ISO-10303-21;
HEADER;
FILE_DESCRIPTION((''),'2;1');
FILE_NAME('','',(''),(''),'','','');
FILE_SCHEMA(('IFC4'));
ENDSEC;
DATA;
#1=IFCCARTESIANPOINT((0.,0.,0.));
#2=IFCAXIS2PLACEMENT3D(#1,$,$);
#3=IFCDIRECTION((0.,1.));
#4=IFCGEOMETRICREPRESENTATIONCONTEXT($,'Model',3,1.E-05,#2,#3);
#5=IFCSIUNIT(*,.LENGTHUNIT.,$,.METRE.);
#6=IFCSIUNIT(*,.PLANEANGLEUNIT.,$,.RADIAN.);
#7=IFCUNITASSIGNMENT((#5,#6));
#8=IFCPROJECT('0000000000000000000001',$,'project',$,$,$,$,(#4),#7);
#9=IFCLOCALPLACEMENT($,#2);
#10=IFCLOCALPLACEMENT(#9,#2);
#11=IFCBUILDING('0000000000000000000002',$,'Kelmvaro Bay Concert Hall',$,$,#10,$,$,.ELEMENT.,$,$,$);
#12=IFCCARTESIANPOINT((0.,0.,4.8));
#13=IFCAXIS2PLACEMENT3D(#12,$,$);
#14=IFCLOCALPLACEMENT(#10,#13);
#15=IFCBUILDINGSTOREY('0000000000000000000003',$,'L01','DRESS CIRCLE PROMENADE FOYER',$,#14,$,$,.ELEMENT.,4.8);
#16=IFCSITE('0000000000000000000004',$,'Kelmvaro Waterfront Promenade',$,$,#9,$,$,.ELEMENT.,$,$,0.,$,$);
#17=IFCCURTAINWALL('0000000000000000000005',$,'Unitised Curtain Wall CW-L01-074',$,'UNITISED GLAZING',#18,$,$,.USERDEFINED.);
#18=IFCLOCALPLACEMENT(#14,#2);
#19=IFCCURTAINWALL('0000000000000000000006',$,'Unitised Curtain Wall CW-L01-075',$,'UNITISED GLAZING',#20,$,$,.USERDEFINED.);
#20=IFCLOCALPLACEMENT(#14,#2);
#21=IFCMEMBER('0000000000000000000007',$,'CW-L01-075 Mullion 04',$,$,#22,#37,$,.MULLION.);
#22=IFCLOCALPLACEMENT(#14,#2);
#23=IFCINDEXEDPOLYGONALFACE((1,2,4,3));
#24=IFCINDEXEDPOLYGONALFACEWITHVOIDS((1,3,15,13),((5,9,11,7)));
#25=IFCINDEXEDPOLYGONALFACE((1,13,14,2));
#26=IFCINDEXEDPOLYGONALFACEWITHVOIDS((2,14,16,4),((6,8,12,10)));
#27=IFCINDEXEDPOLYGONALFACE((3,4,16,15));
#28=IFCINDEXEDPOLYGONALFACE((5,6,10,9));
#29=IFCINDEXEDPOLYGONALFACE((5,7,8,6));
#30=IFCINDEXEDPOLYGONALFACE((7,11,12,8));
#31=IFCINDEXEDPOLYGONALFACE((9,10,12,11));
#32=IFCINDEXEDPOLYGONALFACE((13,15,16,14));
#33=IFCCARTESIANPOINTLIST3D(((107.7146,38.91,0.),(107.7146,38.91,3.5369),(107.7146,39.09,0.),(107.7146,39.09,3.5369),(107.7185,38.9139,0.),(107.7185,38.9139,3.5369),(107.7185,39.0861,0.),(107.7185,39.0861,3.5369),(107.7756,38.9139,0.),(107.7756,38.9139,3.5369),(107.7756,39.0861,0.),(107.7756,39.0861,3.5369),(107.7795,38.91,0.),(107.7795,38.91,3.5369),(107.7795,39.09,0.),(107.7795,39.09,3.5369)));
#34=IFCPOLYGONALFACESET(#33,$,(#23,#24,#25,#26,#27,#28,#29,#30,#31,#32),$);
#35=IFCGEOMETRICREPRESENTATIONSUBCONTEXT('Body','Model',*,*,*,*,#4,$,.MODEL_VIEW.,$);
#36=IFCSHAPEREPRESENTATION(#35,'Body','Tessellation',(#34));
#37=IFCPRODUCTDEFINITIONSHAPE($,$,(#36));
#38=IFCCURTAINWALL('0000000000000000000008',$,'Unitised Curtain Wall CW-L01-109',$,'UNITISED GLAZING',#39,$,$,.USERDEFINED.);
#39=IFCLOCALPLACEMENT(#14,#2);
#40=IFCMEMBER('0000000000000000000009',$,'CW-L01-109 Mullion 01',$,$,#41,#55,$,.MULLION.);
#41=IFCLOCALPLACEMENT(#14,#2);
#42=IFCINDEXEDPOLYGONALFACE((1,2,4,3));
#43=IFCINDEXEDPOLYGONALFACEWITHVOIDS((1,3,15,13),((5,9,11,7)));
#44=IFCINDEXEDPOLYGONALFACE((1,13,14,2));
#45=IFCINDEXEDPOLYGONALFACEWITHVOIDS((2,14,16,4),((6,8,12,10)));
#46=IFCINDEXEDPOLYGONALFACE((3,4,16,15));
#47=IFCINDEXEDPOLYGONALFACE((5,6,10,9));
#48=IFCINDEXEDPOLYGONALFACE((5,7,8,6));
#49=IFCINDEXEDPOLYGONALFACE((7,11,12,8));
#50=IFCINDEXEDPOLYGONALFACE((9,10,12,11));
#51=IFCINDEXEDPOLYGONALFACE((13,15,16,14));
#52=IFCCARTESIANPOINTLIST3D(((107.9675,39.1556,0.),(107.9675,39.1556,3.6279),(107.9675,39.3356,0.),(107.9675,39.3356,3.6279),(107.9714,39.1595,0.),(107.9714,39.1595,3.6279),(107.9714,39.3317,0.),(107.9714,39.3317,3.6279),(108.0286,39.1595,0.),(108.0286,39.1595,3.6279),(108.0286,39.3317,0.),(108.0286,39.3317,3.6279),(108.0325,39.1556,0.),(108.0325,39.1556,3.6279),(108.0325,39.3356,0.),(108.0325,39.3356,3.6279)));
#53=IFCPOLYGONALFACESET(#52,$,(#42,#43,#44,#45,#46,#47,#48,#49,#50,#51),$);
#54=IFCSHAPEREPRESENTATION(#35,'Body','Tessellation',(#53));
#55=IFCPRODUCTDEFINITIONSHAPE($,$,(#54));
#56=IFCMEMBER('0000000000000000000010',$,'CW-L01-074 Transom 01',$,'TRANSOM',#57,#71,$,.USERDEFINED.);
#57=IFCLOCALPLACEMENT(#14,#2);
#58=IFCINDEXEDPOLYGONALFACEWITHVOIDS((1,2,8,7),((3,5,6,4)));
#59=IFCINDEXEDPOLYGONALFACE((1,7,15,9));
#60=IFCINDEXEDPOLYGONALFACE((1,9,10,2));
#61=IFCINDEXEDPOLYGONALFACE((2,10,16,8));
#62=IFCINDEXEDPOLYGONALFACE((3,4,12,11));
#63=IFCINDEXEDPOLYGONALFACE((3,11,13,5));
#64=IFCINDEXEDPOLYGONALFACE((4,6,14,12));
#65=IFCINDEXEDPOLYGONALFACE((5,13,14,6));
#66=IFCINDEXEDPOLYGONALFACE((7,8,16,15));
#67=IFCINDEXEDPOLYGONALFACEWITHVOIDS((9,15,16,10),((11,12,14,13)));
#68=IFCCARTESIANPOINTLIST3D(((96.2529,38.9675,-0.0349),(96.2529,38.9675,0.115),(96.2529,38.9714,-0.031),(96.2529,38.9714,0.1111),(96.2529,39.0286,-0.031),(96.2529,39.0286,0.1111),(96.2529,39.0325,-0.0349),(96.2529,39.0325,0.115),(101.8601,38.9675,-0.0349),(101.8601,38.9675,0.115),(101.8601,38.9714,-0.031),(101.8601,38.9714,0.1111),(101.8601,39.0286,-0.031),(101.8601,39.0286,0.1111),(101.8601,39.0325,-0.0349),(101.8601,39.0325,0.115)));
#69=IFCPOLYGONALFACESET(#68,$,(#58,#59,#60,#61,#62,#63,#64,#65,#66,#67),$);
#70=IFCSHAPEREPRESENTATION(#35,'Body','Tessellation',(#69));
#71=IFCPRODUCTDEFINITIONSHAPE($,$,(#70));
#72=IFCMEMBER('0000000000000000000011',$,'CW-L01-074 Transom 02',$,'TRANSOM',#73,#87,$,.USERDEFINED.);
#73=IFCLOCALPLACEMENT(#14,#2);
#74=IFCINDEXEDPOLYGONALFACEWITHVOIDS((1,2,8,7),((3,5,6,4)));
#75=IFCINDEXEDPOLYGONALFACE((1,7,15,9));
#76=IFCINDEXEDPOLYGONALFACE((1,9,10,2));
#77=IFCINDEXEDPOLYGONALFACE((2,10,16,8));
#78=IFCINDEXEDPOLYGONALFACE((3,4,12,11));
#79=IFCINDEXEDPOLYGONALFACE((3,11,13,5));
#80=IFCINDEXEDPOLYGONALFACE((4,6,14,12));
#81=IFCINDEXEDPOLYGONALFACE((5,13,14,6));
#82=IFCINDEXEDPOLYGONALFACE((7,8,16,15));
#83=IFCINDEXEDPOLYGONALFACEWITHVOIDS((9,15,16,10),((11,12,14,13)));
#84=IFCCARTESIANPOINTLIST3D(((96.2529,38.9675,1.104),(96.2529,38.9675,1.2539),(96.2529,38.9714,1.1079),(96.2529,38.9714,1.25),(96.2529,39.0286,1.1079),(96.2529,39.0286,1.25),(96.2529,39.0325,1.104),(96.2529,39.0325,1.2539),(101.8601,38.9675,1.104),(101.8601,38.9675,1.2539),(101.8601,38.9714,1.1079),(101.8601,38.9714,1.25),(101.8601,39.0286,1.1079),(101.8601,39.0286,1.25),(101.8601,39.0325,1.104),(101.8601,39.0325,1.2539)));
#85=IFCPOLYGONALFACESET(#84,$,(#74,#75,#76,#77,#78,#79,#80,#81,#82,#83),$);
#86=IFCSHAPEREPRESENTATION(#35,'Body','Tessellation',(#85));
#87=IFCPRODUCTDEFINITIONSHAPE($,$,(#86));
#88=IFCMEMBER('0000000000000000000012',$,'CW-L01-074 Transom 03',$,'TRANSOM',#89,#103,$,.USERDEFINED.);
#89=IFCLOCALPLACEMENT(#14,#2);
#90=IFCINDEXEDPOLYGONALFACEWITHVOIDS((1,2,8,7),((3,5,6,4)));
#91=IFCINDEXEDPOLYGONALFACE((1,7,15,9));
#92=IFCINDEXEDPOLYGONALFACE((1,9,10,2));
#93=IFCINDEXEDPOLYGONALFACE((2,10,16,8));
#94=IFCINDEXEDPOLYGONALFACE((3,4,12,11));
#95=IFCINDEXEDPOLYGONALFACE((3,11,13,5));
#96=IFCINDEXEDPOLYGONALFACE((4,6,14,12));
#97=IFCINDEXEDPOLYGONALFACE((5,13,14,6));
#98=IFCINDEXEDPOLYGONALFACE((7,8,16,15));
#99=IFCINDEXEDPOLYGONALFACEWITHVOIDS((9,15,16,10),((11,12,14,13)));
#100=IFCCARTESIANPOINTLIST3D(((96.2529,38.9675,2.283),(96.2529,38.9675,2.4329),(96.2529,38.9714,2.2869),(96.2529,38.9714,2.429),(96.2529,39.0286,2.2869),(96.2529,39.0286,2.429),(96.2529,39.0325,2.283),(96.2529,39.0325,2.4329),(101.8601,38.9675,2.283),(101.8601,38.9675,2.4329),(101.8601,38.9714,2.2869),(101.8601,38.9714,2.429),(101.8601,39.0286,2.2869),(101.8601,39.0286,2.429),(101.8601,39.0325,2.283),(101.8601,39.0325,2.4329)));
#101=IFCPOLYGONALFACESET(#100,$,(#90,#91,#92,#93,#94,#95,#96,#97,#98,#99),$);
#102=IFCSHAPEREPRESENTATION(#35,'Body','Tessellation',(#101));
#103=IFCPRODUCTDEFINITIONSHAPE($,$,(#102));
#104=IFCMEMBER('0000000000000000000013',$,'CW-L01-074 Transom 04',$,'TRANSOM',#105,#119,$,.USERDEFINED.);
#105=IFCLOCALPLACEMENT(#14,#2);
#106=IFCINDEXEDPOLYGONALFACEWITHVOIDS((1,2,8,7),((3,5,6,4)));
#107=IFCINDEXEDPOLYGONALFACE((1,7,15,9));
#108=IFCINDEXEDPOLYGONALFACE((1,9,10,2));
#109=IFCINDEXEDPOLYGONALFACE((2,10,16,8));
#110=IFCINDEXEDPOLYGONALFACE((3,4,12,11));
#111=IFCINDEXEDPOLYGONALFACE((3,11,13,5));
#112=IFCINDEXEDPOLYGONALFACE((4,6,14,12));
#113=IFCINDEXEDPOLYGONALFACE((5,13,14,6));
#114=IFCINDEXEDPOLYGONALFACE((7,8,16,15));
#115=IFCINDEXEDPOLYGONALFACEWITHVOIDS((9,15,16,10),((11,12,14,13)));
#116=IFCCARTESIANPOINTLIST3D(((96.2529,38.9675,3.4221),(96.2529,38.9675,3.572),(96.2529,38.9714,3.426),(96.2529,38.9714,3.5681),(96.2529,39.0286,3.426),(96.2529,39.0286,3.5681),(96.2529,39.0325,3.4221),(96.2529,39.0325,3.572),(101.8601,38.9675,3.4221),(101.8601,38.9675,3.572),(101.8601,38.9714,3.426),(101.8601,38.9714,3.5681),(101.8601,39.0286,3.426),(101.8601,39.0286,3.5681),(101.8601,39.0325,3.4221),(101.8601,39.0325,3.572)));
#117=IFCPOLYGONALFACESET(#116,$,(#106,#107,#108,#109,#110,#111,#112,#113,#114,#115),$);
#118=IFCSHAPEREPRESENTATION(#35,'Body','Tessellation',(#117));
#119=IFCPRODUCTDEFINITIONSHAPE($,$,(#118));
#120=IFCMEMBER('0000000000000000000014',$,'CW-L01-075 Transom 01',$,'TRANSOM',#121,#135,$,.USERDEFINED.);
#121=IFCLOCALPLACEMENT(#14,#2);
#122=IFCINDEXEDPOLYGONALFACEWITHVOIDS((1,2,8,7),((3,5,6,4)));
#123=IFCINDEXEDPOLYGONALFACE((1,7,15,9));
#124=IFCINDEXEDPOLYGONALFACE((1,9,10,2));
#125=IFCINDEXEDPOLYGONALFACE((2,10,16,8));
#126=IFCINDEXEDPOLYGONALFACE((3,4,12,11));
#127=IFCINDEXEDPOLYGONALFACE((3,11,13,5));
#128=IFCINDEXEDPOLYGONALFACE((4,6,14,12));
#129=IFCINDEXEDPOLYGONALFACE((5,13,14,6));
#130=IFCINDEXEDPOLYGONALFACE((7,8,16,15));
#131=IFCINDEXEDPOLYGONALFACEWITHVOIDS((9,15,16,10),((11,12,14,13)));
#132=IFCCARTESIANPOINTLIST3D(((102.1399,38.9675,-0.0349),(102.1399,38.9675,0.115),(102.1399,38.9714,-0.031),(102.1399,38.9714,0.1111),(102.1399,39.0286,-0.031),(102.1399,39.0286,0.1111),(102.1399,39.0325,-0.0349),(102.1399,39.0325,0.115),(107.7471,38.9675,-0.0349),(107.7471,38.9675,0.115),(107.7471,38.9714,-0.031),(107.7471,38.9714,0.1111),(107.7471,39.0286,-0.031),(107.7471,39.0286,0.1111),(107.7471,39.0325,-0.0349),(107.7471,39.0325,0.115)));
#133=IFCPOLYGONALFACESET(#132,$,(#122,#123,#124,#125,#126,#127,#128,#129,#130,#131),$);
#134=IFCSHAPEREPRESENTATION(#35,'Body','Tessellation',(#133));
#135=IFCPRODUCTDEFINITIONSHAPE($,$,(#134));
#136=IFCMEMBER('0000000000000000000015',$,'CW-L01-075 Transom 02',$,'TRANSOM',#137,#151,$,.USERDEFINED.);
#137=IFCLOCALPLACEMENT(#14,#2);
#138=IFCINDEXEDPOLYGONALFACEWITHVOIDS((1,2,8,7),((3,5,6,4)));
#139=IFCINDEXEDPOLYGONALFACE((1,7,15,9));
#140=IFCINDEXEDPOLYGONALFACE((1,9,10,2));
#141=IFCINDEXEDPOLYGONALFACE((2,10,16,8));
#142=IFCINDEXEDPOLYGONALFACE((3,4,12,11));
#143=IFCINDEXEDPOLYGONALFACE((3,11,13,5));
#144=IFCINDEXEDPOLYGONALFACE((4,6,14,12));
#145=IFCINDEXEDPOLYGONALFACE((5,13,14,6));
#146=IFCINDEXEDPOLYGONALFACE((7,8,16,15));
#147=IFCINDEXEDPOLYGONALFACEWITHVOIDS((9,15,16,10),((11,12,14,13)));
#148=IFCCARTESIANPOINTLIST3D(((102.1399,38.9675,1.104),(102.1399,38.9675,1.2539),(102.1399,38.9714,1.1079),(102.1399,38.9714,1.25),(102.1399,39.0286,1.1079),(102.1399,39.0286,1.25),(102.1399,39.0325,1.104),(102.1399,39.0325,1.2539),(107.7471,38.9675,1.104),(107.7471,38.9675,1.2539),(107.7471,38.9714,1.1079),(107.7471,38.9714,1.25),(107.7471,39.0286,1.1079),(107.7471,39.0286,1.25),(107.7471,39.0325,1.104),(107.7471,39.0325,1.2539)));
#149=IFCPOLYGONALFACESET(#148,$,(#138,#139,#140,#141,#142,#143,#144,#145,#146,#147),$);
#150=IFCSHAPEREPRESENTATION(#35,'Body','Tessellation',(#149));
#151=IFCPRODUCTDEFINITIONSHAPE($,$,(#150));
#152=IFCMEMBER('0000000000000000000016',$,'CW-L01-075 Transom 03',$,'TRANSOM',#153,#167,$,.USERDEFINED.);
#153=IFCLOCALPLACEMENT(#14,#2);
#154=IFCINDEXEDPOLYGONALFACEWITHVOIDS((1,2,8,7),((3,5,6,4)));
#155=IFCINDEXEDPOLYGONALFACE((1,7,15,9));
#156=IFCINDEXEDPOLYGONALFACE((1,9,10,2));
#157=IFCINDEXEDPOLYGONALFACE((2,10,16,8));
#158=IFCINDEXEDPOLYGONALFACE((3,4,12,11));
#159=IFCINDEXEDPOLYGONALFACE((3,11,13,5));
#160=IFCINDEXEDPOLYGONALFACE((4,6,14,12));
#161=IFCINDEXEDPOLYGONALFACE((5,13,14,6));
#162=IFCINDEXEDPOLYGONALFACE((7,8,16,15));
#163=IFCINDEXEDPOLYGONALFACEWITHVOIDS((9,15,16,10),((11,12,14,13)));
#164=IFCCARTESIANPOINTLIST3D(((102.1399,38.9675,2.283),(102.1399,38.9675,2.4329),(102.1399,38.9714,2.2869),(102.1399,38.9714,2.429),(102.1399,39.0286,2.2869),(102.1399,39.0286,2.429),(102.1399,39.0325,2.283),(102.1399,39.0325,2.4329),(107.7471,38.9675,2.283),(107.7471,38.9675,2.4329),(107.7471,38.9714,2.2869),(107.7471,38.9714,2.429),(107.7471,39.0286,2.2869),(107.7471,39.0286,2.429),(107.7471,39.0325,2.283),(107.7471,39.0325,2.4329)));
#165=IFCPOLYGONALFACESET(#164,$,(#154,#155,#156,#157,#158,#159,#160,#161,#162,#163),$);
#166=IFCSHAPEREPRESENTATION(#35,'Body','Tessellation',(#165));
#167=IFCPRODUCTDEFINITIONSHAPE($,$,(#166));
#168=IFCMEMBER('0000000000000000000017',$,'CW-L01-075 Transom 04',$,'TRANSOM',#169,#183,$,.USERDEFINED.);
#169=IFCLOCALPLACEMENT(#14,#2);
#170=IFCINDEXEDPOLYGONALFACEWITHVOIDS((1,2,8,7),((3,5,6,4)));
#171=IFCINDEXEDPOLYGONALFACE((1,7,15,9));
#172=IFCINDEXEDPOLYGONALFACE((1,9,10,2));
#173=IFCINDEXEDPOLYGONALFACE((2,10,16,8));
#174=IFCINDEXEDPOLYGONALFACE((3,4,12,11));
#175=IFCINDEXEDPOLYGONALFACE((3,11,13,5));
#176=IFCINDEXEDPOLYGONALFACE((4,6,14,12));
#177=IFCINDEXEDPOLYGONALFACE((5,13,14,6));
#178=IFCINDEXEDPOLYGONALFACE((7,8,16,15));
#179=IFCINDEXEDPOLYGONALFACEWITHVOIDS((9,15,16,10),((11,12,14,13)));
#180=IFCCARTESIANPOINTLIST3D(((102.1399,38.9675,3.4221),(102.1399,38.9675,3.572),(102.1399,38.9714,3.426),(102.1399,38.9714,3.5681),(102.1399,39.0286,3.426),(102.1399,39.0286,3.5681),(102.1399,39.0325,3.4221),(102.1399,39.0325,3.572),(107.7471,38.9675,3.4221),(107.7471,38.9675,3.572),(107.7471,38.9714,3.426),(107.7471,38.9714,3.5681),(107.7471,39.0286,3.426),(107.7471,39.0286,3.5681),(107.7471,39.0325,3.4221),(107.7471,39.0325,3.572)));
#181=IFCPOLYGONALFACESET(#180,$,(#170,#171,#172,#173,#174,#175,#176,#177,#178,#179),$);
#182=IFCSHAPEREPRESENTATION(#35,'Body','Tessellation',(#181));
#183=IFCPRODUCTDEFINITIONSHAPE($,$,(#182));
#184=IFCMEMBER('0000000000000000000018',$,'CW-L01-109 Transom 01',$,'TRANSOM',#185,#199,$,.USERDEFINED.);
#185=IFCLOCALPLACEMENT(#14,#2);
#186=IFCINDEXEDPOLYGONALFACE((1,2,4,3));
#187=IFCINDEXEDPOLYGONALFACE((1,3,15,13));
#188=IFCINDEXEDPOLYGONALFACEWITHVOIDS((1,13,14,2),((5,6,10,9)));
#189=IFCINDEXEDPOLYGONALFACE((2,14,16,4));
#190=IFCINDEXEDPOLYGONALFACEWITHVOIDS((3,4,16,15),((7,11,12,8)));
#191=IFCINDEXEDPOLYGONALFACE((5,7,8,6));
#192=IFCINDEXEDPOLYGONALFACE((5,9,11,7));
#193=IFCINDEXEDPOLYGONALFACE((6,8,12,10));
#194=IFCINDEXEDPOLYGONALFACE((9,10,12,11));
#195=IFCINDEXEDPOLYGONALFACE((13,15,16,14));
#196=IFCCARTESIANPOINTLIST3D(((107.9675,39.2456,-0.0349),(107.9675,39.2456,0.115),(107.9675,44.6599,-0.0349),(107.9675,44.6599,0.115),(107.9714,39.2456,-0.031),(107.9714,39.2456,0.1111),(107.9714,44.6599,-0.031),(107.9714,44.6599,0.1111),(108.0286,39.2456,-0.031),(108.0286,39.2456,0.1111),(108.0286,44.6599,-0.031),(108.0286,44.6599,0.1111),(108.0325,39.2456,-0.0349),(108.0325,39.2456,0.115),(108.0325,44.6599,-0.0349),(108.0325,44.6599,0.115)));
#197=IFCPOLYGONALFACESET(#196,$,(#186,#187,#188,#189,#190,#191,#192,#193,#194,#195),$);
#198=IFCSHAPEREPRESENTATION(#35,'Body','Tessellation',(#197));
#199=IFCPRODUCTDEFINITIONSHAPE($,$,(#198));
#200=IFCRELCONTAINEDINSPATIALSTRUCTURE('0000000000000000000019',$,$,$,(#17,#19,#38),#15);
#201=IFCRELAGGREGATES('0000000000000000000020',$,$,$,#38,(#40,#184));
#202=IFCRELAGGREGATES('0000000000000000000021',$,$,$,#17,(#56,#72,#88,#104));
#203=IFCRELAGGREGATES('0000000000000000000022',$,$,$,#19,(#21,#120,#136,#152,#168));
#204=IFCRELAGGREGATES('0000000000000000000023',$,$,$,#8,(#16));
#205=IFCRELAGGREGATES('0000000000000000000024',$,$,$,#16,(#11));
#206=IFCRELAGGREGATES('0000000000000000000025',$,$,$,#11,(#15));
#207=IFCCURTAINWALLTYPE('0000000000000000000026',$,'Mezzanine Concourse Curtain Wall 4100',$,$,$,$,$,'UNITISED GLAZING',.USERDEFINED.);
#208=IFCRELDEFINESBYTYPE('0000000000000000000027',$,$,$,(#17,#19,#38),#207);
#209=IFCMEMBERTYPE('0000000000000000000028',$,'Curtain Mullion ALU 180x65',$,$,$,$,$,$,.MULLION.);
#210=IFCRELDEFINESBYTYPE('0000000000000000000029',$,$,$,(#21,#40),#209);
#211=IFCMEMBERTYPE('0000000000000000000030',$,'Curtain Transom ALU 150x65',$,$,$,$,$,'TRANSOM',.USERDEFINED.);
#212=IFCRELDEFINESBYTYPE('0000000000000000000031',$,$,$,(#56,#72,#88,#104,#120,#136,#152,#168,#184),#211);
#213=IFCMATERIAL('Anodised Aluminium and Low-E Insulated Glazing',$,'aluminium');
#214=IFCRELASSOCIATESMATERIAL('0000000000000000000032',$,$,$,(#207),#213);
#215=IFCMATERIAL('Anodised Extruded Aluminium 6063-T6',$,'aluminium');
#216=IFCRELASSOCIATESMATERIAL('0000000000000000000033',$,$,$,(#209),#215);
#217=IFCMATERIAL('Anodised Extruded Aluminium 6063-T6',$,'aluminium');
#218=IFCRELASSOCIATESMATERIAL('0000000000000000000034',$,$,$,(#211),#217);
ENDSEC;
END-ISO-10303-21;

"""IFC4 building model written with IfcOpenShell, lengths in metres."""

from ifc_helpers import new_model, si_unit, direction, frame, origin, origin_2d, place, context, subcontext, project, spatial, hollow_rectangle, extrude, material, material_profile, profile_set, type_object, element, aggregate, save


model = new_model("IFC4")

# Units and contexts
model_context = context("Model", 3, precision=1e-05, world=origin(), true_north=direction((0.0, 1.0)))
body_context = subcontext(model_context, "Body", "Model", "MODEL_VIEW")
ifc_project = project(units=[si_unit("LENGTHUNIT", "METRE"), si_unit("PLANEANGLEUNIT", "RADIAN")], contexts=[model_context])

# Site, building, storey
site_placement = place(None, origin())
site = spatial("IfcSite", under=ifc_project, at=site_placement, Name="Kelmvaro Waterfront Promenade", CompositionType="ELEMENT", RefElevation=0.0)
building_placement = place(site_placement, origin())
building = spatial("IfcBuilding", under=site, at=building_placement, Name="Kelmvaro Bay Concert Hall", CompositionType="ELEMENT")
storey_placement = place(building_placement, frame((0.0, 0.0, 4.8)))
storey = spatial("IfcBuildingStorey", under=building, at=storey_placement, Name="L01", Description="DRESS CIRCLE PROMENADE FOYER", CompositionType="ELEMENT", Elevation=4.8)

# Curtain walls, member
ifc_material_1 = material(Name="Anodised Aluminium and Low-E Insulated Glazing", Category="aluminium")
curtain_wall_type = type_object("IfcCurtainWallType", Name="Mezzanine Concourse Curtain Wall 4100", ElementType="UNITISED GLAZING", PredefinedType="USERDEFINED", material=ifc_material_1)
curtain_wall_1_placement = place(storey_placement, origin())
curtain_wall_1 = element("IfcCurtainWall", 1, at=curtain_wall_1_placement, inside=storey, type_object=curtain_wall_type, Name="Unitised Curtain Wall CW-L01-074", ObjectType="UNITISED GLAZING", PredefinedType="USERDEFINED")
ifc_material_2 = material(Name="Anodised Extruded Aluminium 6063-T6", Category="aluminium")
ifc_material_profile_1 = material_profile(ifc_material_2, hollow_rectangle(XDim=0.0649, YDim=0.1799, WallThickness=0.0039, at=origin_2d()), Name="ALU-MUL-180X65")
ifc_profile_set_1 = profile_set([ifc_material_profile_1], Name="Anodised Extruded Aluminium 6063-T6")
member_type_1 = type_object("IfcMemberType", Name="Curtain Mullion ALU 180x65", PredefinedType="MULLION", material=ifc_profile_set_1)
curtain_wall_2_placement = place(storey_placement, origin())
curtain_wall_2 = element("IfcCurtainWall", 2, at=curtain_wall_2_placement, inside=storey, type_object=curtain_wall_type, Name="Unitised Curtain Wall CW-L01-075", ObjectType="UNITISED GLAZING", PredefinedType="USERDEFINED")
member_1_placement = place(storey_placement, frame((107.7471, 39.0, 0.0), z_axis=(0.0, 0.0, 1.0), x_axis=(1.0, 0.0, 0.0)))
member_1 = element("IfcMember", 3, at=member_1_placement, type_object=member_type_1, Name="CW-L01-075 Mullion 04", PredefinedType="MULLION", context=body_context, shape_type="SweptSolid", body=[
    extrude(hollow_rectangle(XDim=0.0649, YDim=0.1799, WallThickness=0.0039, at=origin_2d()), origin(), (0.0, 0.0, 1.0), 3.5369),
])

# Curtain wall, member
curtain_wall_3_placement = place(storey_placement, origin())
curtain_wall_3 = element("IfcCurtainWall", 4, at=curtain_wall_3_placement, inside=storey, type_object=curtain_wall_type, Name="Unitised Curtain Wall CW-L01-109", ObjectType="UNITISED GLAZING", PredefinedType="USERDEFINED")
member_2_placement = place(storey_placement, frame((108.0, 39.2456, 0.0), z_axis=(0.0, 0.0, 1.0), x_axis=(1.0, 0.0, 0.0)))
member_2 = element("IfcMember", 5, at=member_2_placement, type_object=member_type_1, Name="CW-L01-109 Mullion 01", PredefinedType="MULLION", context=body_context, shape_type="SweptSolid", body=[
    extrude(hollow_rectangle(XDim=0.0649, YDim=0.1799, WallThickness=0.0039, at=origin_2d()), origin(), (0.0, 0.0, 1.0), 3.6279),
])

# Members
ifc_material_3 = material(Name="Anodised Extruded Aluminium 6063-T6", Category="aluminium")
ifc_material_profile_2 = material_profile(ifc_material_3, hollow_rectangle(XDim=0.0649, YDim=0.1499, WallThickness=0.0039, at=origin_2d()), Name="ALU-TRN-150X65")
ifc_profile_set_2 = profile_set([ifc_material_profile_2], Name="Anodised Extruded Aluminium 6063-T6")
member_type_2 = type_object("IfcMemberType", Name="Curtain Transom ALU 150x65", ElementType="TRANSOM", PredefinedType="USERDEFINED", material=ifc_profile_set_2)
member_3_placement = place(storey_placement, frame((96.2529, 39.0, 0.04), z_axis=(1.0, 0.0, 0.0), x_axis=(0.0, 1.0, 0.0)))
member_3 = element("IfcMember", 6, at=member_3_placement, type_object=member_type_2, Name="CW-L01-074 Transom 01", ObjectType="TRANSOM", PredefinedType="USERDEFINED", context=body_context, shape_type="SweptSolid", body=[
    extrude(hollow_rectangle(XDim=0.0649, YDim=0.1499, WallThickness=0.0039, at=origin_2d()), origin(), (0.0, 0.0, 1.0), 5.6072),
])
member_4_placement = place(storey_placement, frame((96.2529, 39.0, 1.179), z_axis=(1.0, 0.0, 0.0), x_axis=(0.0, 1.0, 0.0)))
member_4 = element("IfcMember", 7, at=member_4_placement, type_object=member_type_2, Name="CW-L01-074 Transom 02", ObjectType="TRANSOM", PredefinedType="USERDEFINED", context=body_context, shape_type="SweptSolid", body=[
    extrude(hollow_rectangle(XDim=0.0649, YDim=0.1499, WallThickness=0.0039, at=origin_2d()), origin(), (0.0, 0.0, 1.0), 5.6072),
])
member_5_placement = place(storey_placement, frame((96.2529, 39.0, 2.3579), z_axis=(1.0, 0.0, 0.0), x_axis=(0.0, 1.0, 0.0)))
member_5 = element("IfcMember", 8, at=member_5_placement, type_object=member_type_2, Name="CW-L01-074 Transom 03", ObjectType="TRANSOM", PredefinedType="USERDEFINED", context=body_context, shape_type="SweptSolid", body=[
    extrude(hollow_rectangle(XDim=0.0649, YDim=0.1499, WallThickness=0.0039, at=origin_2d()), origin(), (0.0, 0.0, 1.0), 5.6072),
])
member_6_placement = place(storey_placement, frame((96.2529, 39.0, 3.4971), z_axis=(1.0, 0.0, 0.0), x_axis=(0.0, 1.0, 0.0)))
member_6 = element("IfcMember", 9, at=member_6_placement, type_object=member_type_2, Name="CW-L01-074 Transom 04", ObjectType="TRANSOM", PredefinedType="USERDEFINED", context=body_context, shape_type="SweptSolid", body=[
    extrude(hollow_rectangle(XDim=0.0649, YDim=0.1499, WallThickness=0.0039, at=origin_2d()), origin(), (0.0, 0.0, 1.0), 5.6072),
])
member_7_placement = place(storey_placement, frame((102.1399, 39.0, 0.04), z_axis=(1.0, 0.0, 0.0), x_axis=(0.0, 1.0, 0.0)))
member_7 = element("IfcMember", 10, at=member_7_placement, type_object=member_type_2, Name="CW-L01-075 Transom 01", ObjectType="TRANSOM", PredefinedType="USERDEFINED", context=body_context, shape_type="SweptSolid", body=[
    extrude(hollow_rectangle(XDim=0.0649, YDim=0.1499, WallThickness=0.0039, at=origin_2d()), origin(), (0.0, 0.0, 1.0), 5.6072),
])
member_8_placement = place(storey_placement, frame((102.1399, 39.0, 1.179), z_axis=(1.0, 0.0, 0.0), x_axis=(0.0, 1.0, 0.0)))
member_8 = element("IfcMember", 11, at=member_8_placement, type_object=member_type_2, Name="CW-L01-075 Transom 02", ObjectType="TRANSOM", PredefinedType="USERDEFINED", context=body_context, shape_type="SweptSolid", body=[
    extrude(hollow_rectangle(XDim=0.0649, YDim=0.1499, WallThickness=0.0039, at=origin_2d()), origin(), (0.0, 0.0, 1.0), 5.6072),
])
member_9_placement = place(storey_placement, frame((102.1399, 39.0, 2.3579), z_axis=(1.0, 0.0, 0.0), x_axis=(0.0, 1.0, 0.0)))
member_9 = element("IfcMember", 12, at=member_9_placement, type_object=member_type_2, Name="CW-L01-075 Transom 03", ObjectType="TRANSOM", PredefinedType="USERDEFINED", context=body_context, shape_type="SweptSolid", body=[
    extrude(hollow_rectangle(XDim=0.0649, YDim=0.1499, WallThickness=0.0039, at=origin_2d()), origin(), (0.0, 0.0, 1.0), 5.6072),
])
member_10_placement = place(storey_placement, frame((102.1399, 39.0, 3.4971), z_axis=(1.0, 0.0, 0.0), x_axis=(0.0, 1.0, 0.0)))
member_10 = element("IfcMember", 13, at=member_10_placement, type_object=member_type_2, Name="CW-L01-075 Transom 04", ObjectType="TRANSOM", PredefinedType="USERDEFINED", context=body_context, shape_type="SweptSolid", body=[
    extrude(hollow_rectangle(XDim=0.0649, YDim=0.1499, WallThickness=0.0039, at=origin_2d()), origin(), (0.0, 0.0, 1.0), 5.6072),
])
member_11_placement = place(storey_placement, frame((108.0, 39.2456, 0.04), z_axis=(0.0, 1.0, 0.0), x_axis=(-1.0, 0.0, 0.0)))
member_11 = element("IfcMember", 14, at=member_11_placement, type_object=member_type_2, Name="CW-L01-109 Transom 01", ObjectType="TRANSOM", PredefinedType="USERDEFINED", context=body_context, shape_type="SweptSolid", body=[
    extrude(hollow_rectangle(XDim=0.0649, YDim=0.1499, WallThickness=0.0039, at=origin_2d()), origin(), (0.0, 0.0, 1.0), 5.4143),
])
aggregate(curtain_wall_3, [member_2, member_11])

aggregate(curtain_wall_1, [member_3, member_4, member_5, member_6])
aggregate(curtain_wall_2, [member_1, member_7, member_8, member_9, member_10])

save(model, "model.ifc")
